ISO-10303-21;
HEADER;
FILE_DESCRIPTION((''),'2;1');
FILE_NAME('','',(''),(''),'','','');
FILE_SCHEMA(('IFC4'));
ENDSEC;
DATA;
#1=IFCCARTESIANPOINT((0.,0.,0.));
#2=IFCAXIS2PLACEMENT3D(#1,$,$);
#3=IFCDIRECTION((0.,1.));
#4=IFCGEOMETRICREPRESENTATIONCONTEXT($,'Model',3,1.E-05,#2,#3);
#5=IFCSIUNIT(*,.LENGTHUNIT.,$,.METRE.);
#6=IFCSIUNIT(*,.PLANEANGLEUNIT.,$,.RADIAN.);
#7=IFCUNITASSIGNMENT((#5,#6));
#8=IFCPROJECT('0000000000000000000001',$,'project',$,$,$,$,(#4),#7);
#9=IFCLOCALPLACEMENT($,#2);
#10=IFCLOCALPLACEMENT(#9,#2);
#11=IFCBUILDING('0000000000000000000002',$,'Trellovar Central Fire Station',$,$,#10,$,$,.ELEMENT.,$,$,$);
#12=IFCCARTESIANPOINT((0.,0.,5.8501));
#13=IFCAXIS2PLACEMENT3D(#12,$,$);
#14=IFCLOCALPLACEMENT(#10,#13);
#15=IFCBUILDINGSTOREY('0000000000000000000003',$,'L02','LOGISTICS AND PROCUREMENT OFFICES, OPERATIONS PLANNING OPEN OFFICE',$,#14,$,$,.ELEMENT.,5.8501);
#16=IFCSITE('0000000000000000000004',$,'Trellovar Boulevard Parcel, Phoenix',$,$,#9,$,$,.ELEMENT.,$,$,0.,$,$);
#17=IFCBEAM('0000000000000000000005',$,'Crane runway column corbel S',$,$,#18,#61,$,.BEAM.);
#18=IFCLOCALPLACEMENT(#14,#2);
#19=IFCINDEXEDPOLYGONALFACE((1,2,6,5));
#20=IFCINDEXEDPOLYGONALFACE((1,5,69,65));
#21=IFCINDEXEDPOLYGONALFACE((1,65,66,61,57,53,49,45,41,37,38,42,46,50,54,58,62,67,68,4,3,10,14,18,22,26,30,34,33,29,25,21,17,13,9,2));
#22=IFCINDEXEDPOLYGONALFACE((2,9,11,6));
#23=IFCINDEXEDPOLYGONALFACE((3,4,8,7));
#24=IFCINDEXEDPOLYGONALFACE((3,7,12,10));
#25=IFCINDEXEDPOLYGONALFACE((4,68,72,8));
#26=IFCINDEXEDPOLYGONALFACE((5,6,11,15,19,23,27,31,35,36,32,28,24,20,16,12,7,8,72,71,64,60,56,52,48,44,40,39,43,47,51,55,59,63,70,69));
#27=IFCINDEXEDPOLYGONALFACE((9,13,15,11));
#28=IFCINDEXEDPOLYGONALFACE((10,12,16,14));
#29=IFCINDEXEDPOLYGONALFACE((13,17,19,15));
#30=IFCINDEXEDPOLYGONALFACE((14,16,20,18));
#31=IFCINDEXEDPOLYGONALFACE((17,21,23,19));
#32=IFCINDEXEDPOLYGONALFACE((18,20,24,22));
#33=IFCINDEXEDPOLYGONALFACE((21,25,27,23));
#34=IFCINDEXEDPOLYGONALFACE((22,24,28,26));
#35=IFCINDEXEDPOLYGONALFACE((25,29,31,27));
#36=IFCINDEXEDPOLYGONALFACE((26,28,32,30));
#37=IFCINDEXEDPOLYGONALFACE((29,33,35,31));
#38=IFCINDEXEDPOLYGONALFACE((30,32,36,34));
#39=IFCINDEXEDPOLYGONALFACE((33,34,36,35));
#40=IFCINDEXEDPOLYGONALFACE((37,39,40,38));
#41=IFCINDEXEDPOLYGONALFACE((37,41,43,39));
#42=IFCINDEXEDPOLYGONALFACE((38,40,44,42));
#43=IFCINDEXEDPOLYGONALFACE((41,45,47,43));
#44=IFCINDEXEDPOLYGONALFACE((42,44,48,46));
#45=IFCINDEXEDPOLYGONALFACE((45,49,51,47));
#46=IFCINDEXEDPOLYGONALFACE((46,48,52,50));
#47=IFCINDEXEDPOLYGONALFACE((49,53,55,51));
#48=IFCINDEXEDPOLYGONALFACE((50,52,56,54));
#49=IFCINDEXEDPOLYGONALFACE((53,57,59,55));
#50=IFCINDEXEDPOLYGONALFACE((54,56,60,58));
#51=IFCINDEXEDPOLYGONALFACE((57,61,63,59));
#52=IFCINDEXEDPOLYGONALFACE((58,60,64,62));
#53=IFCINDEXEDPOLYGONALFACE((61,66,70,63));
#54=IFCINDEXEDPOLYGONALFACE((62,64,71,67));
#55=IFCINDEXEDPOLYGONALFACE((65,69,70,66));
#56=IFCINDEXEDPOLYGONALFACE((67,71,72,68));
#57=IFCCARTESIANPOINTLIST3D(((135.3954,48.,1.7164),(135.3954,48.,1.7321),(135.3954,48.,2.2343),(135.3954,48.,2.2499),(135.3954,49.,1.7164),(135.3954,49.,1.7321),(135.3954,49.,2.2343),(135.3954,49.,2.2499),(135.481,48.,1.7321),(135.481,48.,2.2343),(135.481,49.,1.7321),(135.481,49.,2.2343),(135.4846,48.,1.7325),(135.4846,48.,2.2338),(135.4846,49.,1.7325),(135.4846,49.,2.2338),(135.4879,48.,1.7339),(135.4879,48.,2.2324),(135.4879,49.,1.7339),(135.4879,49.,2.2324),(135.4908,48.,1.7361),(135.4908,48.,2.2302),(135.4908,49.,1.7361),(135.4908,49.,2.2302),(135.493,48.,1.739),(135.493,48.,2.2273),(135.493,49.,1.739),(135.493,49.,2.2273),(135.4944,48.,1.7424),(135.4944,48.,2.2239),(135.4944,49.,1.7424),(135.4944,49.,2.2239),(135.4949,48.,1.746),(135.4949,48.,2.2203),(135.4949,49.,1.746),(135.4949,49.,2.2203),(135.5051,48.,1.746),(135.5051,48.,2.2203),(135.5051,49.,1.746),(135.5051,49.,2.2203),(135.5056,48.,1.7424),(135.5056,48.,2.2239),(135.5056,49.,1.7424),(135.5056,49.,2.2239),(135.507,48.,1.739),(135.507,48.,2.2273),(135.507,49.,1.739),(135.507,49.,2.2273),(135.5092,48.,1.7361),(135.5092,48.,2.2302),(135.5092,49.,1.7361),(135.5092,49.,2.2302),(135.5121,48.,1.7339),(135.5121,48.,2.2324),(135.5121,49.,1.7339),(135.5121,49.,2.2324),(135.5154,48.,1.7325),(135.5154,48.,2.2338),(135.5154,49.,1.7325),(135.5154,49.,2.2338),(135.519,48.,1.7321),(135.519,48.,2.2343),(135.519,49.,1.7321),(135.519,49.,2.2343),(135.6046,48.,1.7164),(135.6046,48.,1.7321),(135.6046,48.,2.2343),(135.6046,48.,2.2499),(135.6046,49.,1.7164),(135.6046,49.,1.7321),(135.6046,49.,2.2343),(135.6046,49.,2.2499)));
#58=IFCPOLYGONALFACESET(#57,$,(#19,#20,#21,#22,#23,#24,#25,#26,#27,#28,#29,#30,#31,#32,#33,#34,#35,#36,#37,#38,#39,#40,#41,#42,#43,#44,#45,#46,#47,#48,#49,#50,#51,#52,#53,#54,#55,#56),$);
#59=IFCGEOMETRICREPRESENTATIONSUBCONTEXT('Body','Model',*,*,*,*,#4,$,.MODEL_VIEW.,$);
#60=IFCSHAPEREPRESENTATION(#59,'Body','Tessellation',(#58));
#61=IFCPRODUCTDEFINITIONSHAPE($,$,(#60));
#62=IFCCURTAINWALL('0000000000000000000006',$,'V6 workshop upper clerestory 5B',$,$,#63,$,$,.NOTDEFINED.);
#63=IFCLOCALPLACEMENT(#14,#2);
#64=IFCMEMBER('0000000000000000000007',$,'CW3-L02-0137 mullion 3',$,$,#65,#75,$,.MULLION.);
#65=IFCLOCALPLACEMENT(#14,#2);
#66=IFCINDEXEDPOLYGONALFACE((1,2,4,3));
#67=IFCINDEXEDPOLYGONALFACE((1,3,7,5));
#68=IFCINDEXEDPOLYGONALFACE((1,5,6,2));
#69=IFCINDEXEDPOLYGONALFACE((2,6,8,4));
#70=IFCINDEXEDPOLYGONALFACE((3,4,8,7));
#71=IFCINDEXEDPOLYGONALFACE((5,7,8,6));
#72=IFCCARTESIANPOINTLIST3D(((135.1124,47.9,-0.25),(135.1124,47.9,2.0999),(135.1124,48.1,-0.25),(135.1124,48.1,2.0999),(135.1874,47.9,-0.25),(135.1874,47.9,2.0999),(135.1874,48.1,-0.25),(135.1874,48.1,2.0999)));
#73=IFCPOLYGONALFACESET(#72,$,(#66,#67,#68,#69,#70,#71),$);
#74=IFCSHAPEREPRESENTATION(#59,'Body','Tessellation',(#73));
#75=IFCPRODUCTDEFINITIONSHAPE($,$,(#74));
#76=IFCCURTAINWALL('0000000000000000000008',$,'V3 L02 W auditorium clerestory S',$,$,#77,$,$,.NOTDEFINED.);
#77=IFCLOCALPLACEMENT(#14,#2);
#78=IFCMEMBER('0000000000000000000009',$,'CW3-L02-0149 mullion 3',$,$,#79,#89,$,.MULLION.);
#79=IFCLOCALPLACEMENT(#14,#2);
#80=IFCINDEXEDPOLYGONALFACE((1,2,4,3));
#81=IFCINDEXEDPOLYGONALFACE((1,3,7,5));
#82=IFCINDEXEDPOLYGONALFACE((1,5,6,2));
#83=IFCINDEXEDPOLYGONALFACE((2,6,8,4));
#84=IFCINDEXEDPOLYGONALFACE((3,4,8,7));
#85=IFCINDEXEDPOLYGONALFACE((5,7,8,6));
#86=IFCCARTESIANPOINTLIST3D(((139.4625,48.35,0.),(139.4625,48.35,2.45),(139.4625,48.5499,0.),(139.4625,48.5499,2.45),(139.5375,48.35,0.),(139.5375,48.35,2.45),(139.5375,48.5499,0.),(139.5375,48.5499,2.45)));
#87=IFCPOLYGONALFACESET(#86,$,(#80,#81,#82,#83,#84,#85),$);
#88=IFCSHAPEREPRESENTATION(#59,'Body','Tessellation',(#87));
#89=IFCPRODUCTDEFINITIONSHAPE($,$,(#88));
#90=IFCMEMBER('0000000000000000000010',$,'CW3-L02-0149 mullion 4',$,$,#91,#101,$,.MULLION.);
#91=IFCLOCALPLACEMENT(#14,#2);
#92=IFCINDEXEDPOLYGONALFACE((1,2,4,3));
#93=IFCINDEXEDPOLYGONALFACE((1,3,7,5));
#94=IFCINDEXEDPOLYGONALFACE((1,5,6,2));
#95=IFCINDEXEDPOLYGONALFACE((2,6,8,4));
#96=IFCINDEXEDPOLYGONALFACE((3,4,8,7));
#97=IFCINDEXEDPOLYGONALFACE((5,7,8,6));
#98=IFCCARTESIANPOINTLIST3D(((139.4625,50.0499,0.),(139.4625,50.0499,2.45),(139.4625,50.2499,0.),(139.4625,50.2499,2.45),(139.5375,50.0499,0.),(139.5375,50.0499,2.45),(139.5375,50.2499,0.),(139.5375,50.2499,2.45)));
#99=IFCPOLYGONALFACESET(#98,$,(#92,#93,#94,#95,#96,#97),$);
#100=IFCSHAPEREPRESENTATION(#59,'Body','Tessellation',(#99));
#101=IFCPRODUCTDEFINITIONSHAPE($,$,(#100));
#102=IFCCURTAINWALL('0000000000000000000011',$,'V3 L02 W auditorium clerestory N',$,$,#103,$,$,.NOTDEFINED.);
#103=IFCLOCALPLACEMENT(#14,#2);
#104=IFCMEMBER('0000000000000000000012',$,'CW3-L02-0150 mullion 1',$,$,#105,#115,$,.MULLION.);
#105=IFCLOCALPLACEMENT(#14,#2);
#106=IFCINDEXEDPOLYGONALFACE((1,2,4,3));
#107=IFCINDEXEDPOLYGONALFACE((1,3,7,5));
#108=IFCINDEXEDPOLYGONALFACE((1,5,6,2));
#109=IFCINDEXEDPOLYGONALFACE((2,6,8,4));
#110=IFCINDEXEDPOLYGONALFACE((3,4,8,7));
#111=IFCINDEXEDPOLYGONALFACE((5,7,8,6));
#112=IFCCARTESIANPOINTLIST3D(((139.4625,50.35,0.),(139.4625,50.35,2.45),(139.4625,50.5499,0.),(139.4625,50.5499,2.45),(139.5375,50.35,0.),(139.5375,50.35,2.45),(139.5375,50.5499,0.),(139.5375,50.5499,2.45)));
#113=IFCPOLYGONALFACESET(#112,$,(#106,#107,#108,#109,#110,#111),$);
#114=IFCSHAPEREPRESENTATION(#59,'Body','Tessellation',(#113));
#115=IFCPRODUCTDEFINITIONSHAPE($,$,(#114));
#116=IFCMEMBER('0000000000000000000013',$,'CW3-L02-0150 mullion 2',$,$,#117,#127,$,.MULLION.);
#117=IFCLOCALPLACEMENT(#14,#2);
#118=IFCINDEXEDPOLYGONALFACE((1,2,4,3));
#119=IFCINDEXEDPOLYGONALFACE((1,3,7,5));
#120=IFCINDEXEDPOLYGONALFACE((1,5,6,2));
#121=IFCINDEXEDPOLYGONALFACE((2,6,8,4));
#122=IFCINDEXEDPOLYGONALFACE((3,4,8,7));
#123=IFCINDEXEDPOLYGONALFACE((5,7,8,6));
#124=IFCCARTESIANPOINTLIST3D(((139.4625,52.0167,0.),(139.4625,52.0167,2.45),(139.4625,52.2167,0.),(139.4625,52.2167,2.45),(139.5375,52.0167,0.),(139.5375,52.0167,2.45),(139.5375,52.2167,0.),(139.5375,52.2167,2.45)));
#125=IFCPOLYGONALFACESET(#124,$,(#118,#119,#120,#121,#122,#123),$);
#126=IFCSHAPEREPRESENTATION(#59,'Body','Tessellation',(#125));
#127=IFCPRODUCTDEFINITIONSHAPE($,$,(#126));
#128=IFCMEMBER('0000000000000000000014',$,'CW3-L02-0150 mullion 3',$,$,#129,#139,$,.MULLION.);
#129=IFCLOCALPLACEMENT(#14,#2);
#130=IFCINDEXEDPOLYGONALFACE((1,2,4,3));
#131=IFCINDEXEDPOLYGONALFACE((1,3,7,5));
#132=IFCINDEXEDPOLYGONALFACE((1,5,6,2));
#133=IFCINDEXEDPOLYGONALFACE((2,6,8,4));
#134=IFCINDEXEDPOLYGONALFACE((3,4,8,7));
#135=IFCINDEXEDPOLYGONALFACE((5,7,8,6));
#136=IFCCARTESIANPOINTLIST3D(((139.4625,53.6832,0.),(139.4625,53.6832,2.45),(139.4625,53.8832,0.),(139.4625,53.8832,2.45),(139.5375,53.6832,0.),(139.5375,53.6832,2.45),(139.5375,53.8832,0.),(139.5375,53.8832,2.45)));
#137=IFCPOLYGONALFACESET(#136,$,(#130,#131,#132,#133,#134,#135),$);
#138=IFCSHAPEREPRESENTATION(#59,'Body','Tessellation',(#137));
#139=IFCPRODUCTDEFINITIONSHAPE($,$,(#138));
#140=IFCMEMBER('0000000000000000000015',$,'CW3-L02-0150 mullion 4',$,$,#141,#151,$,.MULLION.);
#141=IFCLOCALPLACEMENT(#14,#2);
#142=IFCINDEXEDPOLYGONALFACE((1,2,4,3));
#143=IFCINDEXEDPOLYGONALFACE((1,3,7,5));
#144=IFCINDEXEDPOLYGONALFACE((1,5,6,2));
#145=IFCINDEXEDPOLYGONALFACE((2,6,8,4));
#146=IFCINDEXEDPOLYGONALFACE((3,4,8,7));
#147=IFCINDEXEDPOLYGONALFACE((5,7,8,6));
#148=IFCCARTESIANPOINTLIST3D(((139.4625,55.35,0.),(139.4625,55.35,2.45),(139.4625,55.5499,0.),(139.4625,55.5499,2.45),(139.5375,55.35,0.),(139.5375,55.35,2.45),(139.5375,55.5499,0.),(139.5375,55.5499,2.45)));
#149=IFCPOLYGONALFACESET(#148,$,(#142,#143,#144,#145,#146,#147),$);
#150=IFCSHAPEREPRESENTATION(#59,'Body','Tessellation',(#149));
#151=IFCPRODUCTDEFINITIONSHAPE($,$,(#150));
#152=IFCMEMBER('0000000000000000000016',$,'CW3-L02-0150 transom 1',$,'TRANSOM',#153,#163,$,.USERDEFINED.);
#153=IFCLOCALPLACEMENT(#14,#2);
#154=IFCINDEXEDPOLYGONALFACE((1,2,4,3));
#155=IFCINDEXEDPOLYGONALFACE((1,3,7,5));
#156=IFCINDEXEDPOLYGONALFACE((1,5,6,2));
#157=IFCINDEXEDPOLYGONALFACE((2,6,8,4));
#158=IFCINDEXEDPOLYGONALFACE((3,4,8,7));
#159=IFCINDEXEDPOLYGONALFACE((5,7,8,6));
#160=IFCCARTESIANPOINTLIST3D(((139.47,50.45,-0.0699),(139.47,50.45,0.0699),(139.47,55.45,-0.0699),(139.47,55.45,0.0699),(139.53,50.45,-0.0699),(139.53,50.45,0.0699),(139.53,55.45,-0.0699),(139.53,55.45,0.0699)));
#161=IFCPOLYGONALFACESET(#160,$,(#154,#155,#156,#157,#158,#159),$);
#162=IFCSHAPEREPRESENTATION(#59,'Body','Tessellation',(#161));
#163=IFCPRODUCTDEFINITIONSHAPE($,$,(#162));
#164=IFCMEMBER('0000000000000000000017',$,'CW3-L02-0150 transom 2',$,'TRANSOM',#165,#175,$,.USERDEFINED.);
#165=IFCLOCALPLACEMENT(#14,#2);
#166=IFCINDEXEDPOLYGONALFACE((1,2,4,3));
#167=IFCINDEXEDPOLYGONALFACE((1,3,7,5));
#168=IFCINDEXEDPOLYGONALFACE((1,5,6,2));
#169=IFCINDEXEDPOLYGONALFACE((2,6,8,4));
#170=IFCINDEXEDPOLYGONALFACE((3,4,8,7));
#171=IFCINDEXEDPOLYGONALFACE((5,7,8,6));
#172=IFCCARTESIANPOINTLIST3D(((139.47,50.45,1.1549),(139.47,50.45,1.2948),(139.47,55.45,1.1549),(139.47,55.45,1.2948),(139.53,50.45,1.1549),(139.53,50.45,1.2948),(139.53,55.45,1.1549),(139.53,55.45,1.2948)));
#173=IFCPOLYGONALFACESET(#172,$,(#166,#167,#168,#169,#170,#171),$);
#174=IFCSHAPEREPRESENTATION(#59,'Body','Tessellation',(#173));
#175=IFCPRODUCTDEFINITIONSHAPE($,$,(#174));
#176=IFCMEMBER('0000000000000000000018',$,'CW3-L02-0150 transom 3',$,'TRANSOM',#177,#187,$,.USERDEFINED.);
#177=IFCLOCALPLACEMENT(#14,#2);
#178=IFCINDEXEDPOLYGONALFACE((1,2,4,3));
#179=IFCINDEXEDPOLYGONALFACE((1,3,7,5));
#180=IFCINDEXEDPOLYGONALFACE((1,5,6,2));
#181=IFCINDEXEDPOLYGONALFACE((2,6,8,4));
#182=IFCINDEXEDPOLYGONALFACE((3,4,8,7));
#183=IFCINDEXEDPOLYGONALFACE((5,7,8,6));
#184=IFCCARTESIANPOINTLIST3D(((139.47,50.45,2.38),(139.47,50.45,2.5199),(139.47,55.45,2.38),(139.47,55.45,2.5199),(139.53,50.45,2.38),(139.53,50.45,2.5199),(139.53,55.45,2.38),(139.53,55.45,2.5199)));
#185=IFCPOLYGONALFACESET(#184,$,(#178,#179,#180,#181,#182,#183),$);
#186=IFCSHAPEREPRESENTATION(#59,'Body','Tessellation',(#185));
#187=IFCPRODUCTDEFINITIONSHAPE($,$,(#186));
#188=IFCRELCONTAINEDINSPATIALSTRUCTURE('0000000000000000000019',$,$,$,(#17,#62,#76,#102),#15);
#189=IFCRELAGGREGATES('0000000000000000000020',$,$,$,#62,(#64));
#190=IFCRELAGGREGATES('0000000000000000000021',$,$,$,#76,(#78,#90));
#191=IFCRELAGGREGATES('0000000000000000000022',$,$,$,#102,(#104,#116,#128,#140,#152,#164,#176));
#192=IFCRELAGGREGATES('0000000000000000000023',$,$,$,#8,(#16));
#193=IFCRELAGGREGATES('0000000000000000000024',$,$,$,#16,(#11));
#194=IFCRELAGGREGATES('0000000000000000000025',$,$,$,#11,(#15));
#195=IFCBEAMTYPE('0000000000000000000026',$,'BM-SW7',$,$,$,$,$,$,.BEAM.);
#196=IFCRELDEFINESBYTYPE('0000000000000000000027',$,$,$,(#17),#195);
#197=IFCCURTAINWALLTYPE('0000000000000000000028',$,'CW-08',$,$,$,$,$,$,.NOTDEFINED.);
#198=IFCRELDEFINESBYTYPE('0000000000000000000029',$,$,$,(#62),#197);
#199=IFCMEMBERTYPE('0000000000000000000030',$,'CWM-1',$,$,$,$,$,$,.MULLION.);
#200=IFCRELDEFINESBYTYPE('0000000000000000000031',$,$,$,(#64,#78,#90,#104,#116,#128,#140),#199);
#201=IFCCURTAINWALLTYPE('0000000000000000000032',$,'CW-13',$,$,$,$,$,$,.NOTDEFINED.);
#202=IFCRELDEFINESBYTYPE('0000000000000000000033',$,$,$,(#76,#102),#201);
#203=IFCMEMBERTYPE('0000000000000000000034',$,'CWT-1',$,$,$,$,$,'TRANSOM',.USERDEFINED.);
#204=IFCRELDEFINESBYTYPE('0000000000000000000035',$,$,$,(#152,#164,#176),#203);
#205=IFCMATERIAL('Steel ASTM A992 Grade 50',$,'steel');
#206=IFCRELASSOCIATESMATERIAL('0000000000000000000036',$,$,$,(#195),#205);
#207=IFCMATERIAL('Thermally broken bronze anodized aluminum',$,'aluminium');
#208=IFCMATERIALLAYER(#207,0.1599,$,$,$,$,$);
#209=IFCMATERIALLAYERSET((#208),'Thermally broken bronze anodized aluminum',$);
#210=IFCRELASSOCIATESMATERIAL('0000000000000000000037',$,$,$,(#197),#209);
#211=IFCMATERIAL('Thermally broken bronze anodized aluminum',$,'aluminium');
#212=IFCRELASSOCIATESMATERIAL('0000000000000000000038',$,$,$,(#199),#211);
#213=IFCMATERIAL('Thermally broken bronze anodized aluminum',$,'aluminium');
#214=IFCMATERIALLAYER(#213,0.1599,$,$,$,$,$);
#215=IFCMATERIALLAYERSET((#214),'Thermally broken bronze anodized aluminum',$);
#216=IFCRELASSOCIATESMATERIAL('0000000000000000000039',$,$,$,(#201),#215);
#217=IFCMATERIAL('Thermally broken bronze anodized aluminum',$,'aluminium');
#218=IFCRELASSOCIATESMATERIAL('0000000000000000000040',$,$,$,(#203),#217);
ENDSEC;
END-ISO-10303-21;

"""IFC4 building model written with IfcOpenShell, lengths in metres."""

from ifc_helpers import new_model, si_unit, direction, frame, origin, origin_2d, place, context, subcontext, project, spatial, rectangle, i_section, extrude, material, layer, layer_set, material_profile, profile_set, type_object, element, aggregate, save


model = new_model("IFC4")

# Units and contexts
model_context = context("Model", 3, precision=1e-05, world=origin(), true_north=direction((0.0, 1.0)))
body_context = subcontext(model_context, "Body", "Model", "MODEL_VIEW")
ifc_project = project(units=[si_unit("LENGTHUNIT", "METRE"), si_unit("PLANEANGLEUNIT", "RADIAN")], contexts=[model_context])

# Site, building, storey
site_placement = place(None, origin())
site = spatial("IfcSite", under=ifc_project, at=site_placement, Name="Trellovar Boulevard Parcel, Phoenix", CompositionType="ELEMENT", RefElevation=0.0)
building_placement = place(site_placement, origin())
building = spatial("IfcBuilding", under=site, at=building_placement, Name="Trellovar Central Fire Station", CompositionType="ELEMENT")
storey_placement = place(building_placement, frame((0.0, 0.0, 5.8501)))
storey = spatial("IfcBuildingStorey", under=building, at=storey_placement, Name="L02", Description="LOGISTICS AND PROCUREMENT OFFICES, OPERATIONS PLANNING OPEN OFFICE", CompositionType="ELEMENT", Elevation=5.8501)

# Beam
ifc_material_1 = material(Name="Steel ASTM A992 Grade 50", Category="steel")
ifc_material_profile_1 = material_profile(ifc_material_1, i_section(OverallWidth=0.2092, OverallDepth=0.5334, WebThickness=0.0103, FlangeThickness=0.0156, FilletRadius=0.0139, at=origin_2d()), Name="W21X62")
ifc_profile_set_1 = profile_set([ifc_material_profile_1], Name="Steel ASTM A992 Grade 50")
beam_type_1 = type_object("IfcBeamType", Name="BM-SW7", PredefinedType="BEAM", material=ifc_profile_set_1)
beam_1_placement = place(storey_placement, frame((135.5, 48.0, 1.9832), z_axis=(0.0, 1.0, 0.0), x_axis=(-1.0, 0.0, 0.0)))
element("IfcBeam", 1, at=beam_1_placement, inside=storey, type_object=beam_type_1, Name="Crane runway column corbel S", PredefinedType="BEAM", context=body_context, shape_type="SweptSolid", body=[
    extrude(i_section(OverallWidth=0.2092, OverallDepth=0.5334, WebThickness=0.0103, FlangeThickness=0.0156, FilletRadius=0.0139, at=origin_2d()), origin(), (0.0, 0.0, 1.0), 1.0),
])

# Curtain wall, member
ifc_material_2 = material(Name="Thermally broken bronze anodized aluminum", Category="aluminium")
ifc_layer_1 = layer(ifc_material_2, 0.1599)
ifc_layer_set_1 = layer_set([ifc_layer_1], Name="Thermally broken bronze anodized aluminum")
curtain_wall_type_1 = type_object("IfcCurtainWallType", Name="CW-08", PredefinedType="NOTDEFINED", material=ifc_layer_set_1)
curtain_wall_1_placement = place(storey_placement, origin())
curtain_wall_1 = element("IfcCurtainWall", 2, at=curtain_wall_1_placement, inside=storey, type_object=curtain_wall_type_1, Name="V6 workshop upper clerestory 5B", PredefinedType="NOTDEFINED")
ifc_material_3 = material(Name="Thermally broken bronze anodized aluminum", Category="aluminium")
ifc_material_profile_2 = material_profile(ifc_material_3, rectangle(XDim=0.075, YDim=0.2, at=origin_2d()), Name="ALU75X200")
ifc_profile_set_2 = profile_set([ifc_material_profile_2], Name="Thermally broken bronze anodized aluminum")
member_type_1 = type_object("IfcMemberType", Name="CWM-1", PredefinedType="MULLION", material=ifc_profile_set_2)
member_1_placement = place(storey_placement, frame((135.1499, 48.0, -0.25), z_axis=(0.0, 0.0, 1.0), x_axis=(1.0, 0.0, 0.0)))
member_1 = element("IfcMember", 3, at=member_1_placement, type_object=member_type_1, Name="CW3-L02-0137 mullion 3", PredefinedType="MULLION", context=body_context, shape_type="SweptSolid", body=[
    extrude(rectangle(XDim=0.075, YDim=0.2, at=origin_2d()), origin(), (0.0, 0.0, 1.0), 2.3499),
])

# Curtain walls, members
ifc_material_4 = material(Name="Thermally broken bronze anodized aluminum", Category="aluminium")
ifc_layer_2 = layer(ifc_material_4, 0.1599)
ifc_layer_set_2 = layer_set([ifc_layer_2], Name="Thermally broken bronze anodized aluminum")
curtain_wall_type_2 = type_object("IfcCurtainWallType", Name="CW-13", PredefinedType="NOTDEFINED", material=ifc_layer_set_2)
curtain_wall_2_placement = place(storey_placement, origin())
curtain_wall_2 = element("IfcCurtainWall", 4, at=curtain_wall_2_placement, inside=storey, type_object=curtain_wall_type_2, Name="V3 L02 W auditorium clerestory S", PredefinedType="NOTDEFINED")
member_2_placement = place(storey_placement, frame((139.5, 48.45, 0.0), z_axis=(0.0, 0.0, 1.0), x_axis=(1.0, 0.0, 0.0)))
member_2 = element("IfcMember", 5, at=member_2_placement, type_object=member_type_1, Name="CW3-L02-0149 mullion 3", PredefinedType="MULLION", context=body_context, shape_type="SweptSolid", body=[
    extrude(rectangle(XDim=0.075, YDim=0.2, at=origin_2d()), origin(), (0.0, 0.0, 1.0), 2.45),
])
member_3_placement = place(storey_placement, frame((139.5, 50.1499, 0.0), z_axis=(0.0, 0.0, 1.0), x_axis=(1.0, 0.0, 0.0)))
member_3 = element("IfcMember", 6, at=member_3_placement, type_object=member_type_1, Name="CW3-L02-0149 mullion 4", PredefinedType="MULLION", context=body_context, shape_type="SweptSolid", body=[
    extrude(rectangle(XDim=0.075, YDim=0.2, at=origin_2d()), origin(), (0.0, 0.0, 1.0), 2.45),
])
curtain_wall_3_placement = place(storey_placement, origin())
curtain_wall_3 = element("IfcCurtainWall", 7, at=curtain_wall_3_placement, inside=storey, type_object=curtain_wall_type_2, Name="V3 L02 W auditorium clerestory N", PredefinedType="NOTDEFINED")
member_4_placement = place(storey_placement, frame((139.5, 50.45, 0.0), z_axis=(0.0, 0.0, 1.0), x_axis=(1.0, 0.0, 0.0)))
member_4 = element("IfcMember", 8, at=member_4_placement, type_object=member_type_1, Name="CW3-L02-0150 mullion 1", PredefinedType="MULLION", context=body_context, shape_type="SweptSolid", body=[
    extrude(rectangle(XDim=0.075, YDim=0.2, at=origin_2d()), origin(), (0.0, 0.0, 1.0), 2.45),
])
member_5_placement = place(storey_placement, frame((139.5, 52.1167, 0.0), z_axis=(0.0, 0.0, 1.0), x_axis=(1.0, 0.0, 0.0)))
member_5 = element("IfcMember", 9, at=member_5_placement, type_object=member_type_1, Name="CW3-L02-0150 mullion 2", PredefinedType="MULLION", context=body_context, shape_type="SweptSolid", body=[
    extrude(rectangle(XDim=0.075, YDim=0.2, at=origin_2d()), origin(), (0.0, 0.0, 1.0), 2.45),
])
member_6_placement = place(storey_placement, frame((139.5, 53.7832, 0.0), z_axis=(0.0, 0.0, 1.0), x_axis=(1.0, 0.0, 0.0)))
member_6 = element("IfcMember", 10, at=member_6_placement, type_object=member_type_1, Name="CW3-L02-0150 mullion 3", PredefinedType="MULLION", context=body_context, shape_type="SweptSolid", body=[
    extrude(rectangle(XDim=0.075, YDim=0.2, at=origin_2d()), origin(), (0.0, 0.0, 1.0), 2.45),
])
member_7_placement = place(storey_placement, frame((139.5, 55.45, 0.0), z_axis=(0.0, 0.0, 1.0), x_axis=(1.0, 0.0, 0.0)))
member_7 = element("IfcMember", 11, at=member_7_placement, type_object=member_type_1, Name="CW3-L02-0150 mullion 4", PredefinedType="MULLION", context=body_context, shape_type="SweptSolid", body=[
    extrude(rectangle(XDim=0.075, YDim=0.2, at=origin_2d()), origin(), (0.0, 0.0, 1.0), 2.45),
])
ifc_material_5 = material(Name="Thermally broken bronze anodized aluminum", Category="aluminium")
ifc_material_profile_3 = material_profile(ifc_material_5, rectangle(XDim=0.0601, YDim=0.1399, at=origin_2d()), Name="ALU60X140")
ifc_profile_set_3 = profile_set([ifc_material_profile_3], Name="Thermally broken bronze anodized aluminum")
member_type_2 = type_object("IfcMemberType", Name="CWT-1", ElementType="TRANSOM", PredefinedType="USERDEFINED", material=ifc_profile_set_3)
member_8_placement = place(storey_placement, frame((139.5, 50.45, 0.0), z_axis=(0.0, 1.0, 0.0), x_axis=(-1.0, 0.0, 0.0)))
member_8 = element("IfcMember", 12, at=member_8_placement, type_object=member_type_2, Name="CW3-L02-0150 transom 1", ObjectType="TRANSOM", PredefinedType="USERDEFINED", context=body_context, shape_type="SweptSolid", body=[
    extrude(rectangle(XDim=0.0601, YDim=0.1399, at=origin_2d()), origin(), (0.0, 0.0, 1.0), 5.0),
])
member_9_placement = place(storey_placement, frame((139.5, 50.45, 1.2249), z_axis=(0.0, 1.0, 0.0), x_axis=(-1.0, 0.0, 0.0)))
member_9 = element("IfcMember", 13, at=member_9_placement, type_object=member_type_2, Name="CW3-L02-0150 transom 2", ObjectType="TRANSOM", PredefinedType="USERDEFINED", context=body_context, shape_type="SweptSolid", body=[
    extrude(rectangle(XDim=0.0601, YDim=0.1399, at=origin_2d()), origin(), (0.0, 0.0, 1.0), 5.0),
])
member_10_placement = place(storey_placement, frame((139.5, 50.45, 2.45), z_axis=(0.0, 1.0, 0.0), x_axis=(-1.0, 0.0, 0.0)))
member_10 = element("IfcMember", 14, at=member_10_placement, type_object=member_type_2, Name="CW3-L02-0150 transom 3", ObjectType="TRANSOM", PredefinedType="USERDEFINED", context=body_context, shape_type="SweptSolid", body=[
    extrude(rectangle(XDim=0.0601, YDim=0.1399, at=origin_2d()), origin(), (0.0, 0.0, 1.0), 5.0),
])

aggregate(curtain_wall_1, [member_1])
aggregate(curtain_wall_2, [member_2, member_3])
aggregate(curtain_wall_3, [member_4, member_5, member_6, member_7, member_8, member_9, member_10])

save(model, "model.ifc")
